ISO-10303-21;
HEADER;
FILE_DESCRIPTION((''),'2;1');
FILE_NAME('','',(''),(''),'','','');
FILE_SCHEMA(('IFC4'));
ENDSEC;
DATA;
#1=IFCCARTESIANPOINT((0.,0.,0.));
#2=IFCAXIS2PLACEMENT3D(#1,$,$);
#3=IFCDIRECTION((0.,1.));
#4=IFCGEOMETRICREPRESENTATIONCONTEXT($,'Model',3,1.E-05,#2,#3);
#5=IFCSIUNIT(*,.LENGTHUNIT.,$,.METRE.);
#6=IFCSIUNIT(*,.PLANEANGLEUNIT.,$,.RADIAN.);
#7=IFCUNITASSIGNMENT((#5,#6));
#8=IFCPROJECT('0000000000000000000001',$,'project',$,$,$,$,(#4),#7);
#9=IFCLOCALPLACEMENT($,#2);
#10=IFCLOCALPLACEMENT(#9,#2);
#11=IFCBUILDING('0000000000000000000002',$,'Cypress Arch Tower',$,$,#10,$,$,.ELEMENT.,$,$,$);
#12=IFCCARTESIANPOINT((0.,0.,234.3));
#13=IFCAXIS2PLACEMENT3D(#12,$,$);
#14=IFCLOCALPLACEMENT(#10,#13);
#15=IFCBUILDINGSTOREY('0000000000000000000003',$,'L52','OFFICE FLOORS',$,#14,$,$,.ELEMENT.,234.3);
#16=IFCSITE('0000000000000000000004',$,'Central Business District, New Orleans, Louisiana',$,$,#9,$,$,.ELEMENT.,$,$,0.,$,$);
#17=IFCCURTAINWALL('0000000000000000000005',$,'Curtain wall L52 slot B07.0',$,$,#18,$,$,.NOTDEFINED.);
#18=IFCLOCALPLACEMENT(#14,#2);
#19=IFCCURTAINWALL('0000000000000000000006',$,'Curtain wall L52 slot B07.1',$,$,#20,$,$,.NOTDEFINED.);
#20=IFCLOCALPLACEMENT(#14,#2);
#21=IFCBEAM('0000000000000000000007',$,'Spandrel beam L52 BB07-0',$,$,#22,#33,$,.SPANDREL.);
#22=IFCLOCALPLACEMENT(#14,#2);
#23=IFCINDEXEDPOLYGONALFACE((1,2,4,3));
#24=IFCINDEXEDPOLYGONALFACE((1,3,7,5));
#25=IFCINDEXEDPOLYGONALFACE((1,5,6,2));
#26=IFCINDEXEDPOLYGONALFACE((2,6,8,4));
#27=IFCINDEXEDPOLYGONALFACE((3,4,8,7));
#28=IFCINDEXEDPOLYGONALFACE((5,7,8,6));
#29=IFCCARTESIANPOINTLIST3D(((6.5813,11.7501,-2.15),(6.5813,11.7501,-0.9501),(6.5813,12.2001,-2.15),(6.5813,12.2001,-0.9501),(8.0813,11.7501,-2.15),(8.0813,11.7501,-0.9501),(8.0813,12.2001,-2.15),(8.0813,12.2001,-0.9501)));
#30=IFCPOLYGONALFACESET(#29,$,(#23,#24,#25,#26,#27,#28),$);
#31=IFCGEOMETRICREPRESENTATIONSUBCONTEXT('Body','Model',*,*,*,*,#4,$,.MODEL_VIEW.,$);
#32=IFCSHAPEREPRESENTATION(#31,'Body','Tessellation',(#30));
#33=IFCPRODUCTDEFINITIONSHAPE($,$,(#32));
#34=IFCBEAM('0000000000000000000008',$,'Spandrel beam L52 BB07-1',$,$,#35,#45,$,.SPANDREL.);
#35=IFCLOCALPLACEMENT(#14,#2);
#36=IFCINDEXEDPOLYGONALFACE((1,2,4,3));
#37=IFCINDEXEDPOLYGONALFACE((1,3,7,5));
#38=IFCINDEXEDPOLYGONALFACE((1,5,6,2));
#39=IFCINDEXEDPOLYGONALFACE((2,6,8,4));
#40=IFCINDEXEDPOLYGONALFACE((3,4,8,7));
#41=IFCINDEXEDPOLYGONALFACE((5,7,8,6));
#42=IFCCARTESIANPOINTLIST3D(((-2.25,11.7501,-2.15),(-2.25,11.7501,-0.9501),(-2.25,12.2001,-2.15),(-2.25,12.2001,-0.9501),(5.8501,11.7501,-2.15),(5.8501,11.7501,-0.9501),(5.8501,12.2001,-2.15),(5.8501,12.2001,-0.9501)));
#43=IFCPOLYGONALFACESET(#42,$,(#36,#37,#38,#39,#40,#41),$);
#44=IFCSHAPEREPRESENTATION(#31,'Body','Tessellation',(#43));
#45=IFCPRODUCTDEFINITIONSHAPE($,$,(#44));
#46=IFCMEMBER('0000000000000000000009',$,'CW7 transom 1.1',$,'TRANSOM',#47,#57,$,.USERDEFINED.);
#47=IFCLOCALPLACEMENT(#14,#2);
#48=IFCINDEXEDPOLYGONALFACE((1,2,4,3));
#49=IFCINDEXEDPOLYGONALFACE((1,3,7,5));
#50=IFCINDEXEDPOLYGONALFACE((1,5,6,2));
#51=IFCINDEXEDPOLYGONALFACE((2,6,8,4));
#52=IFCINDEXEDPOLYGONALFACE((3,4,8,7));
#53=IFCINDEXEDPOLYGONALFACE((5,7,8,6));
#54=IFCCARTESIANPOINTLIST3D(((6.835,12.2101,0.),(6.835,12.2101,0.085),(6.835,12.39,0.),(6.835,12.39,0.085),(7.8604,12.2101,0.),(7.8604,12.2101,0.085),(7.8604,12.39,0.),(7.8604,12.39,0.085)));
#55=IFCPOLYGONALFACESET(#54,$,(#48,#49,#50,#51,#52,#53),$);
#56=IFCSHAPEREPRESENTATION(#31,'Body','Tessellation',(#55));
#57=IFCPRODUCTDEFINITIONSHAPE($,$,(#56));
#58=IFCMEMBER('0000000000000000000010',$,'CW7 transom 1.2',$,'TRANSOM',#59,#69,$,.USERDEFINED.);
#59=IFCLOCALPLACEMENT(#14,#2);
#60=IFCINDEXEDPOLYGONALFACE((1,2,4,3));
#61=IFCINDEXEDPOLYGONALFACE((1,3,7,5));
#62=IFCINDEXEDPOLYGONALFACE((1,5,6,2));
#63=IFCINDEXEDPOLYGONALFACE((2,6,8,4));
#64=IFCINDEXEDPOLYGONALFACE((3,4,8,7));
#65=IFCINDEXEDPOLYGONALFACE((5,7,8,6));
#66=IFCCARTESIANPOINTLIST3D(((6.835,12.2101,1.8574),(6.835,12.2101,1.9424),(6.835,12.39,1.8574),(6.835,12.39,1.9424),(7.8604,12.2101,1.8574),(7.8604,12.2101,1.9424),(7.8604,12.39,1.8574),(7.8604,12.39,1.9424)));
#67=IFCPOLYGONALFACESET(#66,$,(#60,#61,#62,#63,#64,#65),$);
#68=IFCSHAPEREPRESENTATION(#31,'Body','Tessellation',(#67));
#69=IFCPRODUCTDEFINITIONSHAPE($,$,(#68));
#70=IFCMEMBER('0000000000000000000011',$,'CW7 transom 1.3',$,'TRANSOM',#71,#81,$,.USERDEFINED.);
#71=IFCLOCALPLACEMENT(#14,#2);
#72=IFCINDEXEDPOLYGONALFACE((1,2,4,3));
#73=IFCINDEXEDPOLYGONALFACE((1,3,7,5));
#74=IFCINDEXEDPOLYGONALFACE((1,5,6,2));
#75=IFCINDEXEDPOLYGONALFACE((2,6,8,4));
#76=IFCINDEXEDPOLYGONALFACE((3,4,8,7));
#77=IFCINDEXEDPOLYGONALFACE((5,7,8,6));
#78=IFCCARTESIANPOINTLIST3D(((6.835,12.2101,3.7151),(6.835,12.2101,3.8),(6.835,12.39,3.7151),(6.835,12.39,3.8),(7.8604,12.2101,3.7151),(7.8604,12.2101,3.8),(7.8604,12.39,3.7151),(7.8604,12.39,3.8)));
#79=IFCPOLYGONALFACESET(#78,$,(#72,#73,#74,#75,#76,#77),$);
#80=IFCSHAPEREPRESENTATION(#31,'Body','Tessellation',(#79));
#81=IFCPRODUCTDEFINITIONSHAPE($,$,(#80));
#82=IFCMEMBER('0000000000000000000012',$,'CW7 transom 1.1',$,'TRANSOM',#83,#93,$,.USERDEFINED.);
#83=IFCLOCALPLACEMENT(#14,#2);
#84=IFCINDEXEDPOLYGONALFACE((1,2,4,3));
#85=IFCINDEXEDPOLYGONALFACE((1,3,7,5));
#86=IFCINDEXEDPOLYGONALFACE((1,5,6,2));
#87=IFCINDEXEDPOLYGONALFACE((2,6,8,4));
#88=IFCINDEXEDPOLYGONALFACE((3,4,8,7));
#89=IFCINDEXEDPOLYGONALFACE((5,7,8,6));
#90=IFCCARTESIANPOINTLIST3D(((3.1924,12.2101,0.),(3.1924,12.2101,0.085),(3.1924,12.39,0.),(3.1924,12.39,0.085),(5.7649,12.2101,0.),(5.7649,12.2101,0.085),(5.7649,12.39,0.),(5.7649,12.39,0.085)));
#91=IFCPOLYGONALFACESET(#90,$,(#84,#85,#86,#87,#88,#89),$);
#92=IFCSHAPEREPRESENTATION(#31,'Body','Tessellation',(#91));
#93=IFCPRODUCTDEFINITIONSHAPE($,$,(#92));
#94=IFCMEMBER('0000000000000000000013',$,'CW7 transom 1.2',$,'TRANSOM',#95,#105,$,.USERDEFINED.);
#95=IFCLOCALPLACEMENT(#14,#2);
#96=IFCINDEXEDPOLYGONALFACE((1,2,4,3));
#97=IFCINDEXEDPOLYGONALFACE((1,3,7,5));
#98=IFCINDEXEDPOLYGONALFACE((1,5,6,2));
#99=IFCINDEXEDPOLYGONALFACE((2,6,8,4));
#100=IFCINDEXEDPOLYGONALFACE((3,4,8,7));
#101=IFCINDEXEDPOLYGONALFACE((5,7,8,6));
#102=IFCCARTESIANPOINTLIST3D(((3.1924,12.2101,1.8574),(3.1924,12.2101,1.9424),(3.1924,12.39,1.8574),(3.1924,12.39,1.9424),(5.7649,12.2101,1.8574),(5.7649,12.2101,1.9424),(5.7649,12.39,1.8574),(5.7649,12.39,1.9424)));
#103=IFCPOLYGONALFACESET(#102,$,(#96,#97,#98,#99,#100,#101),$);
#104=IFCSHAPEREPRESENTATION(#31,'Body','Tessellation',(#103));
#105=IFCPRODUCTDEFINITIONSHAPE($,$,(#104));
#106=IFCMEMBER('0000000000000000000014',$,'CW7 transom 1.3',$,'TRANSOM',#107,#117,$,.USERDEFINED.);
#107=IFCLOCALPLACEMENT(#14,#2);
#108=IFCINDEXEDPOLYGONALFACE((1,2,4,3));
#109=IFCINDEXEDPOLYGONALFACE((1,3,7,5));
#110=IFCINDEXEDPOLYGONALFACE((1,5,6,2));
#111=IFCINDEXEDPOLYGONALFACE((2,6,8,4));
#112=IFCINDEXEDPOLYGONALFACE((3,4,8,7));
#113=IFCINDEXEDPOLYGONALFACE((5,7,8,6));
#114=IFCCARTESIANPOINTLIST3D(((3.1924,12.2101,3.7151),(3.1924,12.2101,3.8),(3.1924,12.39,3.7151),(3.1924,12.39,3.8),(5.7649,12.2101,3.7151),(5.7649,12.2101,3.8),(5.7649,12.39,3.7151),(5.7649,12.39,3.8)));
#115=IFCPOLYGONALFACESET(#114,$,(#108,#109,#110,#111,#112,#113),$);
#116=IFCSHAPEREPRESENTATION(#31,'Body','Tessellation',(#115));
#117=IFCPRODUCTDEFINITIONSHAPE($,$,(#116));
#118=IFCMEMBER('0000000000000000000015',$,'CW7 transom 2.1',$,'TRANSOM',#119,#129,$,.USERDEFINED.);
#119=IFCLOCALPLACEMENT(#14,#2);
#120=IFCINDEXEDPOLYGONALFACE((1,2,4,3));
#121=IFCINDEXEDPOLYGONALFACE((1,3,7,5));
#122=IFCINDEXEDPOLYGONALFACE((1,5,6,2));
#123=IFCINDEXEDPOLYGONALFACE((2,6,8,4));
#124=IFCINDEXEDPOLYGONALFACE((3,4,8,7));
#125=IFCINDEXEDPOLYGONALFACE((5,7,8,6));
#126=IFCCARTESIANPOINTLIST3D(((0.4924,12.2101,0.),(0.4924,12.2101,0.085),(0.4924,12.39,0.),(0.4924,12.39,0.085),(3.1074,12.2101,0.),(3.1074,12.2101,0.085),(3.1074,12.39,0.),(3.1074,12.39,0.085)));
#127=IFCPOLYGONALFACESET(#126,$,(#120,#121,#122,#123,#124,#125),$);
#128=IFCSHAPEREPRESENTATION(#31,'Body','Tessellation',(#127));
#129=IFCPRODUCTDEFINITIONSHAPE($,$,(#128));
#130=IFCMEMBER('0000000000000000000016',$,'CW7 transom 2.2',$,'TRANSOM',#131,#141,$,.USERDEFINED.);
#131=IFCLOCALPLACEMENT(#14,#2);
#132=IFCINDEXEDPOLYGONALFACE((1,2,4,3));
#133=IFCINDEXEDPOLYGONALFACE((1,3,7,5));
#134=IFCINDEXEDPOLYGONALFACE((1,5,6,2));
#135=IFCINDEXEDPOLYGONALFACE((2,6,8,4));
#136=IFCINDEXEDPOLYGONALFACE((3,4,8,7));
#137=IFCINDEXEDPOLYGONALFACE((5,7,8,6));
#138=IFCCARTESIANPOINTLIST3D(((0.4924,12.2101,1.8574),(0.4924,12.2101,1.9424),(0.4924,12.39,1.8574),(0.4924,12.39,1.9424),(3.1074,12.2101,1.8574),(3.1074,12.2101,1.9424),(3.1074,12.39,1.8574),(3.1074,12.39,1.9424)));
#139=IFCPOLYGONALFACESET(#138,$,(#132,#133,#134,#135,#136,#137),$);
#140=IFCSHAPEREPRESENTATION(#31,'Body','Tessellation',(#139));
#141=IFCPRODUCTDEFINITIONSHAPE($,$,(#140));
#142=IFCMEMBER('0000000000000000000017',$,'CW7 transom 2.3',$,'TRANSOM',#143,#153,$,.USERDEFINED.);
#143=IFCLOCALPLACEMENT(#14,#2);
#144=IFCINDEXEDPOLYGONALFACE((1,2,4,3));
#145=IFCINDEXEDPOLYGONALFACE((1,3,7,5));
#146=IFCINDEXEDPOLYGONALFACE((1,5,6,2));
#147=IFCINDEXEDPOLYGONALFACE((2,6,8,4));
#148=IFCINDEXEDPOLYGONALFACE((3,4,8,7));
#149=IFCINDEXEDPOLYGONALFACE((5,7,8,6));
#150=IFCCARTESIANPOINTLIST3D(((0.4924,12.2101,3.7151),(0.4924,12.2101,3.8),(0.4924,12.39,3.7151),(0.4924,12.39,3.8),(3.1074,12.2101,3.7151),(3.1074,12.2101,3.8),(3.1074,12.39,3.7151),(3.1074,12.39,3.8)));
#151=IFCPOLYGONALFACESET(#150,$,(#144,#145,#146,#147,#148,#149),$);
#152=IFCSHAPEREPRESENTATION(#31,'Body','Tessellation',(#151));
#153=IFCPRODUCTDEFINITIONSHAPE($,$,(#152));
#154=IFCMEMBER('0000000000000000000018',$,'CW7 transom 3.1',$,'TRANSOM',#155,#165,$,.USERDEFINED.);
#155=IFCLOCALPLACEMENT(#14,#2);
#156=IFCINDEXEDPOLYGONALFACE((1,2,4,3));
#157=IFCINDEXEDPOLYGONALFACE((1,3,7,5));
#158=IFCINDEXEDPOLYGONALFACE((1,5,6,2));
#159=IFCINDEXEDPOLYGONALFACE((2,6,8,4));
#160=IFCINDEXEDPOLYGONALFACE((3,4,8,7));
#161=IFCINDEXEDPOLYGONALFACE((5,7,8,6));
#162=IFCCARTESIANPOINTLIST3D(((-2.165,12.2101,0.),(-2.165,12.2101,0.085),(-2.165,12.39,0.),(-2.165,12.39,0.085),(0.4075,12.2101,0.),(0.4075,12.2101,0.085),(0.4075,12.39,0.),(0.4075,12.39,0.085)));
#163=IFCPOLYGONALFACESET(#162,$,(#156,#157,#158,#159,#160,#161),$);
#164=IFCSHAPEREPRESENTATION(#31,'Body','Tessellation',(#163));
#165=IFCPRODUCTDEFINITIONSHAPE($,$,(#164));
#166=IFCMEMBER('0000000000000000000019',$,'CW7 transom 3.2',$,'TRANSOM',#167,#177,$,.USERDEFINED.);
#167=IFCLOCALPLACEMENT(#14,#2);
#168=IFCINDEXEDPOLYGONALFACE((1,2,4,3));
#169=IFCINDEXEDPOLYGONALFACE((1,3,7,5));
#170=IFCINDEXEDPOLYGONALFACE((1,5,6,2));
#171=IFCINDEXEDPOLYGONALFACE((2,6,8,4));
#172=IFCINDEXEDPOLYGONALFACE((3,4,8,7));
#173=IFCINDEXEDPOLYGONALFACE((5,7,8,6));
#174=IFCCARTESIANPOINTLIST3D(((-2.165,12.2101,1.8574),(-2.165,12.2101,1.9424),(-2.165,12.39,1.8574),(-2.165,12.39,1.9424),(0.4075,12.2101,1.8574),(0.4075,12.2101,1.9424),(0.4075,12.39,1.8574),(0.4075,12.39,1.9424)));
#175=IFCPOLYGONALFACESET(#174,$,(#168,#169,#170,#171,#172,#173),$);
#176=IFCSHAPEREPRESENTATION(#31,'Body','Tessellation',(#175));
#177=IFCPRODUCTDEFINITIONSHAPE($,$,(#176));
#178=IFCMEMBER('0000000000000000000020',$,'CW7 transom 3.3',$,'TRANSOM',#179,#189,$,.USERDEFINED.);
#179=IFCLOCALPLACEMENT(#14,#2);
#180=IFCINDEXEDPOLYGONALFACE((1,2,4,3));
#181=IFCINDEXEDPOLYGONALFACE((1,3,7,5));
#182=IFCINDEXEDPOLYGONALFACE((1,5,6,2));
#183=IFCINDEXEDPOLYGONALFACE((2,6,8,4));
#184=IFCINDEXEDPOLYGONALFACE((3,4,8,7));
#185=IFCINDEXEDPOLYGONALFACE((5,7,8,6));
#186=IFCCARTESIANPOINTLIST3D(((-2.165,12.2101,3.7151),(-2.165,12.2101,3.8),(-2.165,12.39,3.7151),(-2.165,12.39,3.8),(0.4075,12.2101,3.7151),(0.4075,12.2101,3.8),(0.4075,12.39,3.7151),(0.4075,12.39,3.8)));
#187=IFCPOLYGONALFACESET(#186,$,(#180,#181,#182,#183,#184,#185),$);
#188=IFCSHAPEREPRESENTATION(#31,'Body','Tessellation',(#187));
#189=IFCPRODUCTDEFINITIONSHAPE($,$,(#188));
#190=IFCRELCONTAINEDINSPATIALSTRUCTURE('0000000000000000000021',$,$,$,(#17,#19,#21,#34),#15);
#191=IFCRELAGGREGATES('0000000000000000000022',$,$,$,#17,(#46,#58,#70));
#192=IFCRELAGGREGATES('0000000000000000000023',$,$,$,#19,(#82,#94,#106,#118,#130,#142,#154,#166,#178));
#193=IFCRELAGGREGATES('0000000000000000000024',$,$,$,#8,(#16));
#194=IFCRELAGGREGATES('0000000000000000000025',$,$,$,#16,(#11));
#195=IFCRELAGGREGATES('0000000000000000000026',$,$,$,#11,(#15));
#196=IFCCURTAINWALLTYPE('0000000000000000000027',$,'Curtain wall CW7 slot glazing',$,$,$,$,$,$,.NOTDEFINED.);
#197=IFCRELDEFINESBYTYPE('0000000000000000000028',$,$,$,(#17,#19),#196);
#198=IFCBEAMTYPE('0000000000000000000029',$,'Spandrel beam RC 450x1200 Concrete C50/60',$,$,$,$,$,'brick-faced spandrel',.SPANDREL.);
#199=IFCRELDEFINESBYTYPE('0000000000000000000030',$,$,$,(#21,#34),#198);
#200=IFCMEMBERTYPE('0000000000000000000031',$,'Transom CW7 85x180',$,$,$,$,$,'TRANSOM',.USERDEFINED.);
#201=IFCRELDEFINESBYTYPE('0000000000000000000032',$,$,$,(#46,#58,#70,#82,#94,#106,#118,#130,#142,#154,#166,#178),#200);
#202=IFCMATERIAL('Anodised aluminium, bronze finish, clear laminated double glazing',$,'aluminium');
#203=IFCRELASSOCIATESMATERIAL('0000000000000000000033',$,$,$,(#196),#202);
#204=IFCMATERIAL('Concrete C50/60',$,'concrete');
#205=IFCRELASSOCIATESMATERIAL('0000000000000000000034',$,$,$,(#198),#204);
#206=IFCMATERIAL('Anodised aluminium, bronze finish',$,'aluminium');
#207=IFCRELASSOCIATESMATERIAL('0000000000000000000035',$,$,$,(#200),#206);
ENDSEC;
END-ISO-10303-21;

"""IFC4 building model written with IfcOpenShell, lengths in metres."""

from ifc_helpers import new_model, si_unit, direction, frame, origin, origin_2d, place, context, subcontext, project, spatial, rectangle, extrude, material, material_profile, profile_set, type_object, element, aggregate, save


model = new_model("IFC4")

# Units and contexts
model_context = context("Model", 3, precision=1e-05, world=origin(), true_north=direction((0.0, 1.0)))
body_context = subcontext(model_context, "Body", "Model", "MODEL_VIEW")
ifc_project = project(units=[si_unit("LENGTHUNIT", "METRE"), si_unit("PLANEANGLEUNIT", "RADIAN")], contexts=[model_context])

# Site, building, storey
site_placement = place(None, origin())
site = spatial("IfcSite", under=ifc_project, at=site_placement, Name="Central Business District, New Orleans, Louisiana", CompositionType="ELEMENT", RefElevation=0.0)
building_placement = place(site_placement, origin())
building = spatial("IfcBuilding", under=site, at=building_placement, Name="Cypress Arch Tower", CompositionType="ELEMENT")
storey_placement = place(building_placement, frame((0.0, 0.0, 234.3)))
storey = spatial("IfcBuildingStorey", under=building, at=storey_placement, Name="L52", Description="OFFICE FLOORS", CompositionType="ELEMENT", Elevation=234.3)

# Shared definitions
ifc_material_1 = material(Name="Anodised aluminium, bronze finish, clear laminated double glazing", Category="aluminium")
curtain_wall_type = type_object("IfcCurtainWallType", Name="Curtain wall CW7 slot glazing", PredefinedType="NOTDEFINED", material=ifc_material_1)

# Curtain walls
curtain_wall_1_placement = place(storey_placement, origin())
curtain_wall_1 = element("IfcCurtainWall", 1, at=curtain_wall_1_placement, inside=storey, type_object=curtain_wall_type, Name="Curtain wall L52 slot B07.0", PredefinedType="NOTDEFINED")
curtain_wall_2_placement = place(storey_placement, origin())
curtain_wall_2 = element("IfcCurtainWall", 2, at=curtain_wall_2_placement, inside=storey, type_object=curtain_wall_type, Name="Curtain wall L52 slot B07.1", PredefinedType="NOTDEFINED")

# Beams
ifc_material_2 = material(Name="Concrete C50/60", Category="concrete")
ifc_material_profile_1 = material_profile(ifc_material_2, rectangle(XDim=0.45, YDim=1.2, at=origin_2d()), Name="RC 450x1200")
ifc_profile_set_1 = profile_set([ifc_material_profile_1], Name="Concrete C50/60")
beam_type_1 = type_object("IfcBeamType", Name="Spandrel beam RC 450x1200 Concrete C50/60", ElementType="brick-faced spandrel", PredefinedType="SPANDREL", material=ifc_profile_set_1)
beam_1_placement = place(storey_placement, frame((8.0813, 11.9751, -1.55), z_axis=(-1.0, 0.0, 0.0), x_axis=(0.0, -1.0, 0.0)))
element("IfcBeam", 3, at=beam_1_placement, inside=storey, type_object=beam_type_1, Name="Spandrel beam L52 BB07-0", PredefinedType="SPANDREL", context=body_context, shape_type="SweptSolid", body=[
    extrude(rectangle(XDim=0.45, YDim=1.2, at=origin_2d()), origin(), (0.0, 0.0, 1.0), 1.5),
])
beam_2_placement = place(storey_placement, frame((5.8501, 11.9751, -1.55), z_axis=(-1.0, 0.0, 0.0), x_axis=(0.0, -1.0, 0.0)))
element("IfcBeam", 4, at=beam_2_placement, inside=storey, type_object=beam_type_1, Name="Spandrel beam L52 BB07-1", PredefinedType="SPANDREL", context=body_context, shape_type="SweptSolid", body=[
    extrude(rectangle(XDim=0.45, YDim=1.2, at=origin_2d()), origin(), (0.0, 0.0, 1.0), 8.1001),
])

# Members
ifc_material_3 = material(Name="Anodised aluminium, bronze finish", Category="aluminium")
ifc_material_profile_2 = material_profile(ifc_material_3, rectangle(XDim=0.1799, YDim=0.085, at=origin_2d()), Name="Transom 85x180")
ifc_profile_set_2 = profile_set([ifc_material_profile_2], Name="Anodised aluminium, bronze finish")
member_type_1 = type_object("IfcMemberType", Name="Transom CW7 85x180", ElementType="TRANSOM", PredefinedType="USERDEFINED", material=ifc_profile_set_2)
member_1_placement = place(storey_placement, frame((7.8604, 12.3, 0.0425), z_axis=(-1.0, 0.0, 0.0), x_axis=(0.0, -1.0, 0.0)))
member_1 = element("IfcMember", 5, at=member_1_placement, type_object=member_type_1, Name="CW7 transom 1.1", ObjectType="TRANSOM", PredefinedType="USERDEFINED", context=body_context, shape_type="SweptSolid", body=[
    extrude(rectangle(XDim=0.1799, YDim=0.085, at=origin_2d()), origin(), (0.0, 0.0, 1.0), 1.0254),
])
member_2_placement = place(storey_placement, frame((7.8604, 12.3, 1.8999), z_axis=(-1.0, 0.0, 0.0), x_axis=(0.0, -1.0, 0.0)))
member_2 = element("IfcMember", 6, at=member_2_placement, type_object=member_type_1, Name="CW7 transom 1.2", ObjectType="TRANSOM", PredefinedType="USERDEFINED", context=body_context, shape_type="SweptSolid", body=[
    extrude(rectangle(XDim=0.1799, YDim=0.085, at=origin_2d()), origin(), (0.0, 0.0, 1.0), 1.0254),
])
member_3_placement = place(storey_placement, frame((7.8604, 12.3, 3.7576), z_axis=(-1.0, 0.0, 0.0), x_axis=(0.0, -1.0, 0.0)))
member_3 = element("IfcMember", 7, at=member_3_placement, type_object=member_type_1, Name="CW7 transom 1.3", ObjectType="TRANSOM", PredefinedType="USERDEFINED", context=body_context, shape_type="SweptSolid", body=[
    extrude(rectangle(XDim=0.1799, YDim=0.085, at=origin_2d()), origin(), (0.0, 0.0, 1.0), 1.0254),
])
member_4_placement = place(storey_placement, frame((5.7649, 12.3, 0.0425), z_axis=(-1.0, 0.0, 0.0), x_axis=(0.0, -1.0, 0.0)))
member_4 = element("IfcMember", 8, at=member_4_placement, type_object=member_type_1, Name="CW7 transom 1.1", ObjectType="TRANSOM", PredefinedType="USERDEFINED", context=body_context, shape_type="SweptSolid", body=[
    extrude(rectangle(XDim=0.1799, YDim=0.085, at=origin_2d()), origin(), (0.0, 0.0, 1.0), 2.5725),
])
member_5_placement = place(storey_placement, frame((5.7649, 12.3, 1.8999), z_axis=(-1.0, 0.0, 0.0), x_axis=(0.0, -1.0, 0.0)))
member_5 = element("IfcMember", 9, at=member_5_placement, type_object=member_type_1, Name="CW7 transom 1.2", ObjectType="TRANSOM", PredefinedType="USERDEFINED", context=body_context, shape_type="SweptSolid", body=[
    extrude(rectangle(XDim=0.1799, YDim=0.085, at=origin_2d()), origin(), (0.0, 0.0, 1.0), 2.5725),
])
member_6_placement = place(storey_placement, frame((5.7649, 12.3, 3.7576), z_axis=(-1.0, 0.0, 0.0), x_axis=(0.0, -1.0, 0.0)))
member_6 = element("IfcMember", 10, at=member_6_placement, type_object=member_type_1, Name="CW7 transom 1.3", ObjectType="TRANSOM", PredefinedType="USERDEFINED", context=body_context, shape_type="SweptSolid", body=[
    extrude(rectangle(XDim=0.1799, YDim=0.085, at=origin_2d()), origin(), (0.0, 0.0, 1.0), 2.5725),
])
member_7_placement = place(storey_placement, frame((3.1074, 12.3, 0.0425), z_axis=(-1.0, 0.0, 0.0), x_axis=(0.0, -1.0, 0.0)))
member_7 = element("IfcMember", 11, at=member_7_placement, type_object=member_type_1, Name="CW7 transom 2.1", ObjectType="TRANSOM", PredefinedType="USERDEFINED", context=body_context, shape_type="SweptSolid", body=[
    extrude(rectangle(XDim=0.1799, YDim=0.085, at=origin_2d()), origin(), (0.0, 0.0, 1.0), 2.615),
])
member_8_placement = place(storey_placement, frame((3.1074, 12.3, 1.8999), z_axis=(-1.0, 0.0, 0.0), x_axis=(0.0, -1.0, 0.0)))
member_8 = element("IfcMember", 12, at=member_8_placement, type_object=member_type_1, Name="CW7 transom 2.2", ObjectType="TRANSOM", PredefinedType="USERDEFINED", context=body_context, shape_type="SweptSolid", body=[
    extrude(rectangle(XDim=0.1799, YDim=0.085, at=origin_2d()), origin(), (0.0, 0.0, 1.0), 2.615),
])
member_9_placement = place(storey_placement, frame((3.1074, 12.3, 3.7576), z_axis=(-1.0, 0.0, 0.0), x_axis=(0.0, -1.0, 0.0)))
member_9 = element("IfcMember", 13, at=member_9_placement, type_object=member_type_1, Name="CW7 transom 2.3", ObjectType="TRANSOM", PredefinedType="USERDEFINED", context=body_context, shape_type="SweptSolid", body=[
    extrude(rectangle(XDim=0.1799, YDim=0.085, at=origin_2d()), origin(), (0.0, 0.0, 1.0), 2.615),
])
member_10_placement = place(storey_placement, frame((0.4075, 12.3, 0.0425), z_axis=(-1.0, 0.0, 0.0), x_axis=(0.0, -1.0, 0.0)))
member_10 = element("IfcMember", 14, at=member_10_placement, type_object=member_type_1, Name="CW7 transom 3.1", ObjectType="TRANSOM", PredefinedType="USERDEFINED", context=body_context, shape_type="SweptSolid", body=[
    extrude(rectangle(XDim=0.1799, YDim=0.085, at=origin_2d()), origin(), (0.0, 0.0, 1.0), 2.5725),
])
member_11_placement = place(storey_placement, frame((0.4075, 12.3, 1.8999), z_axis=(-1.0, 0.0, 0.0), x_axis=(0.0, -1.0, 0.0)))
member_11 = element("IfcMember", 15, at=member_11_placement, type_object=member_type_1, Name="CW7 transom 3.2", ObjectType="TRANSOM", PredefinedType="USERDEFINED", context=body_context, shape_type="SweptSolid", body=[
    extrude(rectangle(XDim=0.1799, YDim=0.085, at=origin_2d()), origin(), (0.0, 0.0, 1.0), 2.5725),
])
member_12_placement = place(storey_placement, frame((0.4075, 12.3, 3.7576), z_axis=(-1.0, 0.0, 0.0), x_axis=(0.0, -1.0, 0.0)))
member_12 = element("IfcMember", 16, at=member_12_placement, type_object=member_type_1, Name="CW7 transom 3.3", ObjectType="TRANSOM", PredefinedType="USERDEFINED", context=body_context, shape_type="SweptSolid", body=[
    extrude(rectangle(XDim=0.1799, YDim=0.085, at=origin_2d()), origin(), (0.0, 0.0, 1.0), 2.5725),
])

aggregate(curtain_wall_1, [member_1, member_2, member_3])
aggregate(curtain_wall_2, [member_4, member_5, member_6, member_7, member_8, member_9, member_10, member_11, member_12])

save(model, "model.ifc")
